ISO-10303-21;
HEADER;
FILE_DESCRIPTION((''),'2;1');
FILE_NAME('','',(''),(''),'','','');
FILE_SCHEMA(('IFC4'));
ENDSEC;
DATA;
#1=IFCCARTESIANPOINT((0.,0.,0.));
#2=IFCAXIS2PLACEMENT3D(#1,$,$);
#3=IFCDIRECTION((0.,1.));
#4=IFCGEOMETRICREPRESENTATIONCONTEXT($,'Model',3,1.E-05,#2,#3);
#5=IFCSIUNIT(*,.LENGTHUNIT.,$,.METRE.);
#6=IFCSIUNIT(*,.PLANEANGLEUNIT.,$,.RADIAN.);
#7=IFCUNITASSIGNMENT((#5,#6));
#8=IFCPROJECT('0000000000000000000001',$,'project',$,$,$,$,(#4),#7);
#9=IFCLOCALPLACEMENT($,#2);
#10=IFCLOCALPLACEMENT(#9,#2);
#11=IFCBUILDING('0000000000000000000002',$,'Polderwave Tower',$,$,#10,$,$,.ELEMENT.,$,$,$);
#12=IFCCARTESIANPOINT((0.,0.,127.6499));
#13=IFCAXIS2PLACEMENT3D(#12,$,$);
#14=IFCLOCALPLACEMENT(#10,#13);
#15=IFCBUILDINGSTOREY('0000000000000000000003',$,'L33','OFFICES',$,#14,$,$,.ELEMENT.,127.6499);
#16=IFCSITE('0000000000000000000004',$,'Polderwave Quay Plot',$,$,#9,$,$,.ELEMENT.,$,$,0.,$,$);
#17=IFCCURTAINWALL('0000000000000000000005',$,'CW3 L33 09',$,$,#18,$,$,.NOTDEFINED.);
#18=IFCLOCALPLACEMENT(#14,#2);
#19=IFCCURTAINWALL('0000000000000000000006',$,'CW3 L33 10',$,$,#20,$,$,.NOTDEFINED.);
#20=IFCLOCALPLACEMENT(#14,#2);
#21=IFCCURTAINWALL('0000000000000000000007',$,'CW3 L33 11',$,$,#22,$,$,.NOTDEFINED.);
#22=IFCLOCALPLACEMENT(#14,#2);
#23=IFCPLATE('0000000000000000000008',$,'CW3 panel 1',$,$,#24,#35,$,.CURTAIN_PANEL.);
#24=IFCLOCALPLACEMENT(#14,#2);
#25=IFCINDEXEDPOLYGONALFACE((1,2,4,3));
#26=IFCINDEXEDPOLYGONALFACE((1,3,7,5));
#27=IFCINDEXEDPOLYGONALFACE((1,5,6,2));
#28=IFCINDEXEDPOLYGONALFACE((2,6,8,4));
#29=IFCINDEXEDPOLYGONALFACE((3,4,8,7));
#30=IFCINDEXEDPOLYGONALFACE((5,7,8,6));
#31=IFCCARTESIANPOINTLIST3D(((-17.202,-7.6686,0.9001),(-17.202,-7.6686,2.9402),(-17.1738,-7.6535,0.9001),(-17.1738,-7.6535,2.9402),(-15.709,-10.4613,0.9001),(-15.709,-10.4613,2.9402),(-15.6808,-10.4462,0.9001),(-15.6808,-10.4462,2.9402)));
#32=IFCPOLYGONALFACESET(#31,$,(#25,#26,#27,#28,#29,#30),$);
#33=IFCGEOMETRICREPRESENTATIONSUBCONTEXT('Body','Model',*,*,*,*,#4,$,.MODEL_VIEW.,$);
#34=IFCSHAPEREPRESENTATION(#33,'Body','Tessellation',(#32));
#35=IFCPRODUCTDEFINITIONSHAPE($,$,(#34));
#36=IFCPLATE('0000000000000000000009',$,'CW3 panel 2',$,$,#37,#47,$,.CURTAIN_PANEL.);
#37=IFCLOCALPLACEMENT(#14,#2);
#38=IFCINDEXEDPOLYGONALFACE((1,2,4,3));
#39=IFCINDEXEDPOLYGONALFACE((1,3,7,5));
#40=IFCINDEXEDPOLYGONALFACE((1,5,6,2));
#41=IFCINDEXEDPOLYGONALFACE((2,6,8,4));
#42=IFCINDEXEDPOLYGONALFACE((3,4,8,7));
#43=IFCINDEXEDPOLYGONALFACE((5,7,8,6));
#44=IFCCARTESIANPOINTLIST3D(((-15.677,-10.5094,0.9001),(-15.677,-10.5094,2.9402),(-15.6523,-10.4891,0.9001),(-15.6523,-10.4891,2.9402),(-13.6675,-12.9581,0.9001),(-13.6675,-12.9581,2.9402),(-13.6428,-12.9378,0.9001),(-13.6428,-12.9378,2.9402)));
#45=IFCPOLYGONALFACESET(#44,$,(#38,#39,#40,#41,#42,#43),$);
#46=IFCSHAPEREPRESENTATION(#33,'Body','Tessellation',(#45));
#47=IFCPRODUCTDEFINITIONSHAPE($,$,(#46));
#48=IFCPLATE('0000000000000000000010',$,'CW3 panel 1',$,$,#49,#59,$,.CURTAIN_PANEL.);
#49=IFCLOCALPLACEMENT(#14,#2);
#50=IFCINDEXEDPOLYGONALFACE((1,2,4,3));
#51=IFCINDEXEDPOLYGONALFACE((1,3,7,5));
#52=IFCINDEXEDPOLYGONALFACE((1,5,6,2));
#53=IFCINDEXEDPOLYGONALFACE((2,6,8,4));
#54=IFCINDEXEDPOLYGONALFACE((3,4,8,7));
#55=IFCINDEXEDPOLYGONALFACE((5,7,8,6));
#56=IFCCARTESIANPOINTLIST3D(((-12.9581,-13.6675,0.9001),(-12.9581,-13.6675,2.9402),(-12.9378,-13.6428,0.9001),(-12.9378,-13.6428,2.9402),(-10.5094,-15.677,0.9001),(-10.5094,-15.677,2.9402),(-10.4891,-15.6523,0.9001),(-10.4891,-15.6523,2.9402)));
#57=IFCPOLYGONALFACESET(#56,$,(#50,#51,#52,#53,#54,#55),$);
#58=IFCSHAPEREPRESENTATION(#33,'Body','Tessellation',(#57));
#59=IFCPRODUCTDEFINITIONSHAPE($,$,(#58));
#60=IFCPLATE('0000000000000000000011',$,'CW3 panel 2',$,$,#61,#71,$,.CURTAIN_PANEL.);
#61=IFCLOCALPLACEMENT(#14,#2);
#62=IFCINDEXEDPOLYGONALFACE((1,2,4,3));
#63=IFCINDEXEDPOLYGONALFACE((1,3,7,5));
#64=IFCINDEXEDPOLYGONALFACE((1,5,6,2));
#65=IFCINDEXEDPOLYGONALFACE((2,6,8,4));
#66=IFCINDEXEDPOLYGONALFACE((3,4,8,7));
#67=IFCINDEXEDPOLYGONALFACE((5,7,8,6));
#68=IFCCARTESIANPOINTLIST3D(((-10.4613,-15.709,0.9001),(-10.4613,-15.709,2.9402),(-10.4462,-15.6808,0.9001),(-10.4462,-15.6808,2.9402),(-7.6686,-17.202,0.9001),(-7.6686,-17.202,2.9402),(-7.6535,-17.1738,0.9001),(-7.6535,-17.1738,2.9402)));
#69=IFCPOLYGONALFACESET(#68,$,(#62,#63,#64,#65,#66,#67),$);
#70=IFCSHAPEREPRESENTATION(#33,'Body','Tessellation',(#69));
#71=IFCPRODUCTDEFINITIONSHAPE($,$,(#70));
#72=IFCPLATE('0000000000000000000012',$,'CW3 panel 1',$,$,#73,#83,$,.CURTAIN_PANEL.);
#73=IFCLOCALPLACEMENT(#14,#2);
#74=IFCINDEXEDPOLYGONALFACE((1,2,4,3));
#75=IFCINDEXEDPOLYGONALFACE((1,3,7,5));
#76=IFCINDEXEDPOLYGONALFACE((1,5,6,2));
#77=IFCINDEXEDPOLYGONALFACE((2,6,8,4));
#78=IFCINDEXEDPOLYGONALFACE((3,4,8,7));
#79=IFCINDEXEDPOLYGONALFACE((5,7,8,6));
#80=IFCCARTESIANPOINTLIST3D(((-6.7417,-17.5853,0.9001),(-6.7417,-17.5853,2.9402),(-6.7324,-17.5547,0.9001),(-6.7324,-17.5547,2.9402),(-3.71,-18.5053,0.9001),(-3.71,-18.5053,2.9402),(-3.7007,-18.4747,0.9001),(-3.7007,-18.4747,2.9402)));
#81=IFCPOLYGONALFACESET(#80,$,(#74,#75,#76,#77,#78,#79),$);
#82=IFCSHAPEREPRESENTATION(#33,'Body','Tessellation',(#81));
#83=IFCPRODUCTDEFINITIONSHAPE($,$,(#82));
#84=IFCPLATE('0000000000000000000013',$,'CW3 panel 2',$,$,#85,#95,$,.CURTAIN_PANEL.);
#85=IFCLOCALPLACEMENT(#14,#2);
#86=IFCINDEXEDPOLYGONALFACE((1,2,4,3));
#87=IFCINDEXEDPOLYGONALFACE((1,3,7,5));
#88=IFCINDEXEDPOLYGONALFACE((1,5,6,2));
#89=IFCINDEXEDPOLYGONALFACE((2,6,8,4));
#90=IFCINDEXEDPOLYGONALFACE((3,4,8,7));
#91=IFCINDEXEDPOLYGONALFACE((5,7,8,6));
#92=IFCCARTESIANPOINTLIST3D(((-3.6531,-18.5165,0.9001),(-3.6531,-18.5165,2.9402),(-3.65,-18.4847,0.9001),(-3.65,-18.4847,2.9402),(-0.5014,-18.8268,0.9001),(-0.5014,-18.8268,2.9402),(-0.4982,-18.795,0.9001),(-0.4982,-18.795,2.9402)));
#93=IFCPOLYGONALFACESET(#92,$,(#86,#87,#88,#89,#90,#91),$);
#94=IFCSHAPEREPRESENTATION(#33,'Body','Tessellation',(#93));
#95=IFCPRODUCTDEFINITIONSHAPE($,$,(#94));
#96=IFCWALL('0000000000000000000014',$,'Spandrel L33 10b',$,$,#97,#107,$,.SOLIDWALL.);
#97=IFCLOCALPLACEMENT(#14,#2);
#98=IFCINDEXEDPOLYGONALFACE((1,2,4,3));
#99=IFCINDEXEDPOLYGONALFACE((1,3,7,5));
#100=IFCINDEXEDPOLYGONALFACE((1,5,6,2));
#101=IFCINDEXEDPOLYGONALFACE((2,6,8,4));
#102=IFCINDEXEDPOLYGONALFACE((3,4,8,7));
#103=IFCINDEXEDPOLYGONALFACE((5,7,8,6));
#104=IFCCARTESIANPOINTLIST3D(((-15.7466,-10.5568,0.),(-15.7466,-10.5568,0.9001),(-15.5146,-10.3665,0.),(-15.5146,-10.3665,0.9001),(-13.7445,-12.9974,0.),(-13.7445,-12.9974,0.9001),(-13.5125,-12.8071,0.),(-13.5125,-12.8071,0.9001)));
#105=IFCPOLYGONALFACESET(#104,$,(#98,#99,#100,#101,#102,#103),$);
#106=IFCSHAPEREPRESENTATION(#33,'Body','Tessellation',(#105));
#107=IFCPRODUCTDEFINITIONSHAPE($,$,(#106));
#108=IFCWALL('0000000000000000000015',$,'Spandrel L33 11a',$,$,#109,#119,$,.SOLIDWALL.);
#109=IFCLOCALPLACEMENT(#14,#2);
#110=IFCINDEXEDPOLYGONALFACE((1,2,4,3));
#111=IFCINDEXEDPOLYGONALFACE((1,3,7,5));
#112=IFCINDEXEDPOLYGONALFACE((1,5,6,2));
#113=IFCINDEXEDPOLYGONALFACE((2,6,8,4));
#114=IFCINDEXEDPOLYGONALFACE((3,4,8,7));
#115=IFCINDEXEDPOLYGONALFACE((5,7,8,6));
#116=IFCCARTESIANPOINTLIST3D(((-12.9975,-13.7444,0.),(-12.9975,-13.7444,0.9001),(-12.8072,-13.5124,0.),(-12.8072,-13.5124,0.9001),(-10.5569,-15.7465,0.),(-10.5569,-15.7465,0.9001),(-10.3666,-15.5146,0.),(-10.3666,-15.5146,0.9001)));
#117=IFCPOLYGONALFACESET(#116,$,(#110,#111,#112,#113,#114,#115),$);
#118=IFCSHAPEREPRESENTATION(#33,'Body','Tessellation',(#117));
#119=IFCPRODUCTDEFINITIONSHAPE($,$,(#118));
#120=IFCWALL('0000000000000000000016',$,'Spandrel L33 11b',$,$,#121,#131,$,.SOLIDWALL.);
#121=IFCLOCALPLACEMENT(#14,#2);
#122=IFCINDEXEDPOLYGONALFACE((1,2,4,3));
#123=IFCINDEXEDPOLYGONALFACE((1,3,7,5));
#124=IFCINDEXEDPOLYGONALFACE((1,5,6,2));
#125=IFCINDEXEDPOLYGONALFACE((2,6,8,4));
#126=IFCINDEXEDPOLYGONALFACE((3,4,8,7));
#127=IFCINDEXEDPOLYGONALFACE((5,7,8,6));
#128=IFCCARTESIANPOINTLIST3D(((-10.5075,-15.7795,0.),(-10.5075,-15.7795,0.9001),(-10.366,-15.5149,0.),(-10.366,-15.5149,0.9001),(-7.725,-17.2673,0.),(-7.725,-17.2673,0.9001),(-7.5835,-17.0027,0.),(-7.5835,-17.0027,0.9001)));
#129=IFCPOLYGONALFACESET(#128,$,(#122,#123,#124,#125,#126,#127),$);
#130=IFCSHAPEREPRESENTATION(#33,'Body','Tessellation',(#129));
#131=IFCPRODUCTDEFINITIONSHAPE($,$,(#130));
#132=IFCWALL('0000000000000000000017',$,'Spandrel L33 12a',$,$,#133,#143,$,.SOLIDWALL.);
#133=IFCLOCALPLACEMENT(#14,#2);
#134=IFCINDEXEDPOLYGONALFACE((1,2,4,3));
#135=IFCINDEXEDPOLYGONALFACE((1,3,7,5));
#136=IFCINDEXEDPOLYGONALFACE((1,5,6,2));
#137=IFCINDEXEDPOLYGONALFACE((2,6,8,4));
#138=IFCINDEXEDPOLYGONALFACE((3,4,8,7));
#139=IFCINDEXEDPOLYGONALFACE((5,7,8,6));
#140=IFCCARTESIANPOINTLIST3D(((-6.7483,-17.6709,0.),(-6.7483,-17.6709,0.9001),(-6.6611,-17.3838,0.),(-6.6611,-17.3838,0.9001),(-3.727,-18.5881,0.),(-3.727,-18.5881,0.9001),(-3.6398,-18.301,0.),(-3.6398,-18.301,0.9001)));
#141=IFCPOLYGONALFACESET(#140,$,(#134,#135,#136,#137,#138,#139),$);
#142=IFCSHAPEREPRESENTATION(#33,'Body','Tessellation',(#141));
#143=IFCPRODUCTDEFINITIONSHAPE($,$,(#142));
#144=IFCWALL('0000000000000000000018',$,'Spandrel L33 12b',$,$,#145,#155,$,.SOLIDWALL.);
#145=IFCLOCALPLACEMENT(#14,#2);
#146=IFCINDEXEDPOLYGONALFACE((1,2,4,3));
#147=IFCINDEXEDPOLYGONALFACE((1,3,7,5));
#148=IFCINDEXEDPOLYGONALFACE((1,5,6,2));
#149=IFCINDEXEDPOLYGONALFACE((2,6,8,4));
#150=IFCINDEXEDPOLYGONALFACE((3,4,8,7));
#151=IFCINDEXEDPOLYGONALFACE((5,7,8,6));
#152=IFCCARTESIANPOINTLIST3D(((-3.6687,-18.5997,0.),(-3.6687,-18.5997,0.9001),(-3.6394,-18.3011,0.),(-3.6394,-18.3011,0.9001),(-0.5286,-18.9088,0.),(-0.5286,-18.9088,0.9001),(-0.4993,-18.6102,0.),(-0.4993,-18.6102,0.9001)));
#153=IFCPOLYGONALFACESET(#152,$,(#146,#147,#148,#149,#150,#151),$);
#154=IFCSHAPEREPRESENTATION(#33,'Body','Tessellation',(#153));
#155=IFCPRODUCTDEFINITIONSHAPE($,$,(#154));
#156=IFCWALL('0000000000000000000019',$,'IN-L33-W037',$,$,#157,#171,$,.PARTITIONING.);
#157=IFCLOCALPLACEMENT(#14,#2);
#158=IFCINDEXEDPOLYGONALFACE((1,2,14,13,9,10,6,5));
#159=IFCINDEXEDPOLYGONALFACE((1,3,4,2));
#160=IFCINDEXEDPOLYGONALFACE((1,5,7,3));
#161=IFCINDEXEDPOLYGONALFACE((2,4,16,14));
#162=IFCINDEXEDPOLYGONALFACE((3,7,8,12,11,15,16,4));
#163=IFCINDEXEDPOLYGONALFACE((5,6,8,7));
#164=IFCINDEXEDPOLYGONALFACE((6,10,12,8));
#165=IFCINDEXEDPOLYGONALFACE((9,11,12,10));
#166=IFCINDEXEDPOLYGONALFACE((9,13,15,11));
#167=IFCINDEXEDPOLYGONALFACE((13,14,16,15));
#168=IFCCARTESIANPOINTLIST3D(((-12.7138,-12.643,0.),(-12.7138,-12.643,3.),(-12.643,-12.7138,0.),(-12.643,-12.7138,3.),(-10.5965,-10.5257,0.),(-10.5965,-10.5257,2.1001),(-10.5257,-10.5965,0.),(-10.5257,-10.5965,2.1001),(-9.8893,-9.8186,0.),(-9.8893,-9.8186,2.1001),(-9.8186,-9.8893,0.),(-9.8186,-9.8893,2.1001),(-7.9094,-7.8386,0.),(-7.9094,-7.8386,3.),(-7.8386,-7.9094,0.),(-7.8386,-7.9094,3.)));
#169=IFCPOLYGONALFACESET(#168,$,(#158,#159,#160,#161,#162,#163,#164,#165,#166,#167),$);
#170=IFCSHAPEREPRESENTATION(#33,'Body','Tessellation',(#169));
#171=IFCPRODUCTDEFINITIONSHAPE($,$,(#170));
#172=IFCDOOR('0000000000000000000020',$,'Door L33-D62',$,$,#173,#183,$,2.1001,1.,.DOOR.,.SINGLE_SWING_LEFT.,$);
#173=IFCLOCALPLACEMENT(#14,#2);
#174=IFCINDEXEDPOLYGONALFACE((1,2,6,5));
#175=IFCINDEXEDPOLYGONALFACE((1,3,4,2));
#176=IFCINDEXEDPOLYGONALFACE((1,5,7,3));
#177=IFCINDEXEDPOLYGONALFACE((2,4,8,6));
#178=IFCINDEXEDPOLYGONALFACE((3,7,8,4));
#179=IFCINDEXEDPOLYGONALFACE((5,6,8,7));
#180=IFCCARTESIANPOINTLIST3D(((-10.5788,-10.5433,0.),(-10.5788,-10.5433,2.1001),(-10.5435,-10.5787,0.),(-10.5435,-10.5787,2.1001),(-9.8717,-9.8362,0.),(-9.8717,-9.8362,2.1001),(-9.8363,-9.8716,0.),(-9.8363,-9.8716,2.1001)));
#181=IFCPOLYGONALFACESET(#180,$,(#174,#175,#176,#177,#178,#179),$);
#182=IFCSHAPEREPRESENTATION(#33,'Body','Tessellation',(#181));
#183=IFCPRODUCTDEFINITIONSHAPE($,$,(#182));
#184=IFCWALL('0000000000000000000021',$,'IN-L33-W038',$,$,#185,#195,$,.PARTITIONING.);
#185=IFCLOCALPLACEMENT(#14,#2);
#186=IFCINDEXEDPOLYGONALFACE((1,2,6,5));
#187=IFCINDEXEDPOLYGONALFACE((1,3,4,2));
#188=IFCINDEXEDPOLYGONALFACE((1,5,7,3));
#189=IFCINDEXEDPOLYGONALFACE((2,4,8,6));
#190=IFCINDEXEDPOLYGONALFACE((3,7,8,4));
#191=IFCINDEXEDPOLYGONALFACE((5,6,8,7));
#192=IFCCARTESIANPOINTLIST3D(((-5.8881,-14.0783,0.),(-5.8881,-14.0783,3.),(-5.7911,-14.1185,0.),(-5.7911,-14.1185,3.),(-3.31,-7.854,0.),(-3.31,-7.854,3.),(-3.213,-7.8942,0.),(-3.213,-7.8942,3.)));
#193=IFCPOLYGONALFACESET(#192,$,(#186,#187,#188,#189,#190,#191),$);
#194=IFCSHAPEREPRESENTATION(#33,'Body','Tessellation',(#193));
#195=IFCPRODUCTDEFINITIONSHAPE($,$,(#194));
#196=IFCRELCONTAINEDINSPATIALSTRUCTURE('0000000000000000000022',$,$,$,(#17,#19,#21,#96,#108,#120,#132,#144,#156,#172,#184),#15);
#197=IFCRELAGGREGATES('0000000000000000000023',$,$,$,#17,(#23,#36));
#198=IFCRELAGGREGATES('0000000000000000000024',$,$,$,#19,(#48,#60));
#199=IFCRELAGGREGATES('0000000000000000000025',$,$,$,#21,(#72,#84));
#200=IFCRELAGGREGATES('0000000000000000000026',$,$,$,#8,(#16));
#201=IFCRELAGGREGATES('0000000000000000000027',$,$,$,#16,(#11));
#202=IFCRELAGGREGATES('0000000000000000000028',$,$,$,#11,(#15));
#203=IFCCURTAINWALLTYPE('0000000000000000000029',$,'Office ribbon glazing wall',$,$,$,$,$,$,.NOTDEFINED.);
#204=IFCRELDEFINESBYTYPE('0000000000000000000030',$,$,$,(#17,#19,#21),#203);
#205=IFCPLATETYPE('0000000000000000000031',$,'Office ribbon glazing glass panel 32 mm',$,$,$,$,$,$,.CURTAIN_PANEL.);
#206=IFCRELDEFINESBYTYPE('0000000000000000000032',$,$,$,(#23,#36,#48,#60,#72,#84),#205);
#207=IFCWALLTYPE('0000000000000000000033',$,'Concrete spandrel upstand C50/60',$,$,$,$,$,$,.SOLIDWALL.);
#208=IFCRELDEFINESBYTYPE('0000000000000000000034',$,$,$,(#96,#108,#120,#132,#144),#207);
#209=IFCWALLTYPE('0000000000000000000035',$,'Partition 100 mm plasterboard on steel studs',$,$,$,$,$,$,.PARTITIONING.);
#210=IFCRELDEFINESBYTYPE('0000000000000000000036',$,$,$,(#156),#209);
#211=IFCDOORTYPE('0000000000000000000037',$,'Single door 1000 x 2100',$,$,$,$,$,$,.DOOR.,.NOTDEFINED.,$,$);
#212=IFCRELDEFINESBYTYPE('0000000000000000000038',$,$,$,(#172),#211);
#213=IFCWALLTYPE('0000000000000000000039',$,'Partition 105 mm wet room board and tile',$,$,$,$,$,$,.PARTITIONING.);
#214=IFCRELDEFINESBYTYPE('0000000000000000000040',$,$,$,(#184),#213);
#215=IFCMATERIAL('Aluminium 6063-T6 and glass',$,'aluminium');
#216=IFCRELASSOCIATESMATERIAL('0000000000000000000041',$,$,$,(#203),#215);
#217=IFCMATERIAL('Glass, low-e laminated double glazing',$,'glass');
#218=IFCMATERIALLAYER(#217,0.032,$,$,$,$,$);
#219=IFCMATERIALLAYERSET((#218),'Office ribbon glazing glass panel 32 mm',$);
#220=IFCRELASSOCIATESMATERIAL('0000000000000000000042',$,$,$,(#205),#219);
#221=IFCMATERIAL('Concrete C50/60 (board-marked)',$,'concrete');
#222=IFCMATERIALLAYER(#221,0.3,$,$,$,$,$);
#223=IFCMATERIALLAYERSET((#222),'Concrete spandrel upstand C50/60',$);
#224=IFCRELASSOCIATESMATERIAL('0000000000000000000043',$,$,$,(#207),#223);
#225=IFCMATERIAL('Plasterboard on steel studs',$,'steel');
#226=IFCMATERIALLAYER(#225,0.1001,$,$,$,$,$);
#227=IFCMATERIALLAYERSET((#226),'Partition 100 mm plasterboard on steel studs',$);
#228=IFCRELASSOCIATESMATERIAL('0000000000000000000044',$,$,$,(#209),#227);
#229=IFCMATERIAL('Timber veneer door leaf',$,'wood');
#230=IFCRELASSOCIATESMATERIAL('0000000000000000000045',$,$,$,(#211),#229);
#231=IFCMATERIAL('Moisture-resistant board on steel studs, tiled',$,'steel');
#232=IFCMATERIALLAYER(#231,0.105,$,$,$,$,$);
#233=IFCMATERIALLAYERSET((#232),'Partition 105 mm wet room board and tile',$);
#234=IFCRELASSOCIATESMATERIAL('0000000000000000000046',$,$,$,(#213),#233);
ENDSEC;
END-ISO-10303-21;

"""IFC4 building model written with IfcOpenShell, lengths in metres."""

from ifc_helpers import new_model, si_unit, direction, frame, frame_2d, origin, origin_2d, place, context, subcontext, project, spatial, rectangle, extrude, material, layer, layer_set, type_object, element, fill, aggregate, save


model = new_model("IFC4")

# Units and contexts
model_context = context("Model", 3, precision=1e-05, world=origin(), true_north=direction((0.0, 1.0)))
body_context = subcontext(model_context, "Body", "Model", "MODEL_VIEW")
ifc_project = project(units=[si_unit("LENGTHUNIT", "METRE"), si_unit("PLANEANGLEUNIT", "RADIAN")], contexts=[model_context])

# Site, building, storey
site_placement = place(None, origin())
site = spatial("IfcSite", under=ifc_project, at=site_placement, Name="Polderwave Quay Plot", CompositionType="ELEMENT", RefElevation=0.0)
building_placement = place(site_placement, origin())
building = spatial("IfcBuilding", under=site, at=building_placement, Name="Polderwave Tower", CompositionType="ELEMENT")
storey_placement = place(building_placement, frame((0.0, 0.0, 127.6499)))
storey = spatial("IfcBuildingStorey", under=building, at=storey_placement, Name="L33", Description="OFFICES", CompositionType="ELEMENT", Elevation=127.6499)

# Curtain walls
ifc_material_1 = material(Name="Aluminium 6063-T6 and glass", Category="aluminium")
curtain_wall_type = type_object("IfcCurtainWallType", Name="Office ribbon glazing wall", PredefinedType="NOTDEFINED", material=ifc_material_1)
curtain_wall_1_placement = place(storey_placement, origin())
curtain_wall_1 = element("IfcCurtainWall", 1, at=curtain_wall_1_placement, inside=storey, type_object=curtain_wall_type, Name="CW3 L33 09", PredefinedType="NOTDEFINED")
curtain_wall_2_placement = place(storey_placement, origin())
curtain_wall_2 = element("IfcCurtainWall", 2, at=curtain_wall_2_placement, inside=storey, type_object=curtain_wall_type, Name="CW3 L33 10", PredefinedType="NOTDEFINED")
curtain_wall_3_placement = place(storey_placement, origin())
curtain_wall_3 = element("IfcCurtainWall", 3, at=curtain_wall_3_placement, inside=storey, type_object=curtain_wall_type, Name="CW3 L33 11", PredefinedType="NOTDEFINED")

# Plates
ifc_material_2 = material(Name="Glass, low-e laminated double glazing", Category="glass")
ifc_layer_1 = layer(ifc_material_2, 0.032)
ifc_layer_set_1 = layer_set([ifc_layer_1], Name="Office ribbon glazing glass panel 32 mm")
plate_type = type_object("IfcPlateType", Name="Office ribbon glazing glass panel 32 mm", PredefinedType="CURTAIN_PANEL", material=ifc_layer_set_1)
plate_1_placement = place(storey_placement, frame((-16.4414, -9.0574, 0.9001), z_axis=(0.0, 0.0, 1.0), x_axis=(0.471466, -0.881884, 0.0)))
plate_1 = element("IfcPlate", 4, at=plate_1_placement, type_object=plate_type, Name="CW3 panel 1", PredefinedType="CURTAIN_PANEL", context=body_context, shape_type="SweptSolid", body=[
    extrude(rectangle(XDim=3.1667, YDim=0.032, at=origin_2d()), origin(), (0.0, 0.0, 1.0), 2.04),
])
plate_2_placement = place(storey_placement, frame((-14.6599, -11.7236, 0.9001), z_axis=(0.0, 0.0, 1.0), x_axis=(0.634378, -0.773023, 0.0)))
plate_2 = element("IfcPlate", 5, at=plate_2_placement, type_object=plate_type, Name="CW3 panel 2", PredefinedType="CURTAIN_PANEL", context=body_context, shape_type="SweptSolid", body=[
    extrude(rectangle(XDim=3.1677, YDim=0.032, at=origin_2d()), origin(), (0.0, 0.0, 1.0), 2.04),
])
aggregate(curtain_wall_1, [plate_1, plate_2])
plate_3_placement = place(storey_placement, frame((-11.7236, -14.6599, 0.9001), z_axis=(0.0, 0.0, 1.0), x_axis=(0.773023, -0.634378, 0.0)))
plate_3 = element("IfcPlate", 6, at=plate_3_placement, type_object=plate_type, Name="CW3 panel 1", PredefinedType="CURTAIN_PANEL", context=body_context, shape_type="SweptSolid", body=[
    extrude(rectangle(XDim=3.1677, YDim=0.032, at=origin_2d()), origin(), (0.0, 0.0, 1.0), 2.04),
])
plate_4_placement = place(storey_placement, frame((-9.0574, -16.4414, 0.9001), z_axis=(0.0, 0.0, 1.0), x_axis=(0.881884, -0.471466, 0.0)))
plate_4 = element("IfcPlate", 7, at=plate_4_placement, type_object=plate_type, Name="CW3 panel 2", PredefinedType="CURTAIN_PANEL", context=body_context, shape_type="SweptSolid", body=[
    extrude(rectangle(XDim=3.1667, YDim=0.032, at=origin_2d()), origin(), (0.0, 0.0, 1.0), 2.04),
])
aggregate(curtain_wall_2, [plate_3, plate_4])
plate_5_placement = place(storey_placement, frame((-5.2212, -18.03, 0.9001), z_axis=(0.0, 0.0, 1.0), x_axis=(0.956908, -0.29039, 0.0)))
plate_5 = element("IfcPlate", 8, at=plate_5_placement, type_object=plate_type, Name="CW3 panel 1", PredefinedType="CURTAIN_PANEL", context=body_context, shape_type="SweptSolid", body=[
    extrude(rectangle(XDim=3.1682, YDim=0.032, at=origin_2d()), origin(), (0.0, 0.0, 1.0), 2.04),
])
plate_6_placement = place(storey_placement, frame((-2.0757, -18.6558, 0.9001), z_axis=(0.0, 0.0, 1.0), x_axis=(0.995188, -0.097984, 0.0)))
plate_6 = element("IfcPlate", 9, at=plate_6_placement, type_object=plate_type, Name="CW3 panel 2", PredefinedType="CURTAIN_PANEL", context=body_context, shape_type="SweptSolid", body=[
    extrude(rectangle(XDim=3.167, YDim=0.032, at=origin_2d()), origin(), (0.0, 0.0, 1.0), 2.04),
])
aggregate(curtain_wall_3, [plate_5, plate_6])

# Walls
ifc_material_3 = material(Name="Concrete C50/60 (board-marked)", Category="concrete")
ifc_layer_2 = layer(ifc_material_3, 0.3)
ifc_layer_set_2 = layer_set([ifc_layer_2], Name="Concrete spandrel upstand C50/60")
wall_type_1 = type_object("IfcWallType", Name="Concrete spandrel upstand C50/60", PredefinedType="SOLIDWALL", material=ifc_layer_set_2)
for number, where, z_axis, x_axis, name in (
    (10, (-15.6306, -10.4617, 0.0), (0.0, 0.0, 1.0), (0.63424, -0.773137, 0.0), "Spandrel L33 10b"),
    (11, (-12.9023, -13.6284, 0.0), (0.0, 0.0, 1.0), (0.773137, -0.63424, 0.0), "Spandrel L33 11a"),
):
    element("IfcWall", number, at=place(storey_placement, frame(where, z_axis=z_axis, x_axis=x_axis)), inside=storey, type_object=wall_type_1, Name=name, PredefinedType="SOLIDWALL", context=body_context, shape_type="SweptSolid", body=[
        extrude(rectangle(XDim=3.1567, YDim=0.3, at=frame_2d((1.5784, 0.0))), origin(), (0.0, 0.0, 1.0), 0.9001),
    ])
wall_1_placement = place(storey_placement, frame((-10.4368, -15.6472, 0.0), z_axis=(0.0, 0.0, 1.0), x_axis=(0.881851, -0.471528, 0.0)))
element("IfcWall", 12, at=wall_1_placement, inside=storey, type_object=wall_type_1, Name="Spandrel L33 11b", PredefinedType="SOLIDWALL", context=body_context, shape_type="SweptSolid", body=[
    extrude(rectangle(XDim=3.1553, YDim=0.3, at=frame_2d((1.5776, 0.0))), origin(), (0.0, 0.0, 1.0), 0.9001),
])
wall_2_placement = place(storey_placement, frame((-6.7046, -17.5273, 0.0), z_axis=(0.0, 0.0, 1.0), x_axis=(0.956874, -0.290503, 0.0)))
element("IfcWall", 13, at=wall_2_placement, inside=storey, type_object=wall_type_1, Name="Spandrel L33 12a", PredefinedType="SOLIDWALL", context=body_context, shape_type="SweptSolid", body=[
    extrude(rectangle(XDim=3.1575, YDim=0.3, at=frame_2d((1.5786, 0.0))), origin(), (0.0, 0.0, 1.0), 0.9001),
])
wall_3_placement = place(storey_placement, frame((-3.6541, -18.4504, 0.0), z_axis=(0.0, 0.0, 1.0), x_axis=(0.995191, -0.097956, 0.0)))
element("IfcWall", 14, at=wall_3_placement, inside=storey, type_object=wall_type_1, Name="Spandrel L33 12b", PredefinedType="SOLIDWALL", context=body_context, shape_type="SweptSolid", body=[
    extrude(rectangle(XDim=3.1553, YDim=0.3, at=frame_2d((1.5776, 0.0))), origin(), (0.0, 0.0, 1.0), 0.9001),
])

# Wall, opening, door
ifc_material_4 = material(Name="Plasterboard on steel studs", Category="steel")
ifc_layer_3 = layer(ifc_material_4, 0.1001)
ifc_layer_set_3 = layer_set([ifc_layer_3], Name="Partition 100 mm plasterboard on steel studs")
wall_type_2 = type_object("IfcWallType", Name="Partition 100 mm plasterboard on steel studs", PredefinedType="PARTITIONING", material=ifc_layer_set_3)
wall_4_placement = place(storey_placement, frame((-7.874, -7.874, 0.0), z_axis=(0.0, 0.0, 1.0), x_axis=(-0.707107, -0.707107, 0.0)))
wall_4 = element("IfcWall", 15, at=wall_4_placement, inside=storey, type_object=wall_type_2, Name="IN-L33-W037", PredefinedType="PARTITIONING", context=body_context, shape_type="SweptSolid", body=[
    extrude(rectangle(XDim=6.7944, YDim=0.1001, at=frame_2d((3.3972, 0.0))), origin(), (0.0, 0.0, 1.0), 3.0),
])
opening_1_placement = place(wall_4_placement, frame((2.8, 0.0, 0.0)))
opening_1 = element("IfcOpeningElement", 16, at=opening_1_placement, cuts=wall_4, PredefinedType="OPENING", context=body_context, shape_type="SweptSolid", body=[
    extrude(rectangle(XDim=1.0, YDim=2.1001, at=frame_2d((0.5, 1.05))), frame((0.0, 0.0601, 0.0), z_axis=(0.0, -1.0, 0.0), x_axis=(1.0, 0.0, 0.0)), (0.0, 0.0, 1.0), 0.1201),
])
ifc_material_5 = material(Name="Timber veneer door leaf", Category="wood")
door_type = type_object("IfcDoorType", Name="Single door 1000 x 2100", OperationType="NOTDEFINED", PredefinedType="DOOR", material=ifc_material_5)
door_1_placement = place(opening_1_placement, origin())
door_1 = element("IfcDoor", 17, at=door_1_placement, inside=storey, type_object=door_type, Name="Door L33-D62", OperationType="SINGLE_SWING_LEFT", OverallHeight=2.1001, OverallWidth=1.0, PredefinedType="DOOR", context=body_context, shape_type="SweptSolid", body=[
    extrude(rectangle(XDim=1.0, YDim=2.1001, at=frame_2d((0.5, 1.05))), frame((0.0, 0.0249, 0.0), z_axis=(0.0, -1.0, 0.0), x_axis=(1.0, 0.0, 0.0)), (0.0, 0.0, 1.0), 0.05),
])
fill(opening_1, door_1)

# Wall
ifc_material_6 = material(Name="Moisture-resistant board on steel studs, tiled", Category="steel")
ifc_layer_4 = layer(ifc_material_6, 0.105)
ifc_layer_set_4 = layer_set([ifc_layer_4], Name="Partition 105 mm wet room board and tile")
wall_type_3 = type_object("IfcWallType", Name="Partition 105 mm wet room board and tile", PredefinedType="PARTITIONING", material=ifc_layer_set_4)
wall_5_placement = place(storey_placement, frame((-3.2615, -7.874, 0.0), z_axis=(0.0, 0.0, 1.0), x_axis=(-0.382672, -0.923884, 0.0)))
element("IfcWall", 18, at=wall_5_placement, inside=storey, type_object=wall_type_3, Name="IN-L33-W038", PredefinedType="PARTITIONING", context=body_context, shape_type="SweptSolid", body=[
    extrude(rectangle(XDim=6.7371, YDim=0.105, at=frame_2d((3.3687, 0.0))), origin(), (0.0, 0.0, 1.0), 3.0),
])

save(model, "model.ifc")
